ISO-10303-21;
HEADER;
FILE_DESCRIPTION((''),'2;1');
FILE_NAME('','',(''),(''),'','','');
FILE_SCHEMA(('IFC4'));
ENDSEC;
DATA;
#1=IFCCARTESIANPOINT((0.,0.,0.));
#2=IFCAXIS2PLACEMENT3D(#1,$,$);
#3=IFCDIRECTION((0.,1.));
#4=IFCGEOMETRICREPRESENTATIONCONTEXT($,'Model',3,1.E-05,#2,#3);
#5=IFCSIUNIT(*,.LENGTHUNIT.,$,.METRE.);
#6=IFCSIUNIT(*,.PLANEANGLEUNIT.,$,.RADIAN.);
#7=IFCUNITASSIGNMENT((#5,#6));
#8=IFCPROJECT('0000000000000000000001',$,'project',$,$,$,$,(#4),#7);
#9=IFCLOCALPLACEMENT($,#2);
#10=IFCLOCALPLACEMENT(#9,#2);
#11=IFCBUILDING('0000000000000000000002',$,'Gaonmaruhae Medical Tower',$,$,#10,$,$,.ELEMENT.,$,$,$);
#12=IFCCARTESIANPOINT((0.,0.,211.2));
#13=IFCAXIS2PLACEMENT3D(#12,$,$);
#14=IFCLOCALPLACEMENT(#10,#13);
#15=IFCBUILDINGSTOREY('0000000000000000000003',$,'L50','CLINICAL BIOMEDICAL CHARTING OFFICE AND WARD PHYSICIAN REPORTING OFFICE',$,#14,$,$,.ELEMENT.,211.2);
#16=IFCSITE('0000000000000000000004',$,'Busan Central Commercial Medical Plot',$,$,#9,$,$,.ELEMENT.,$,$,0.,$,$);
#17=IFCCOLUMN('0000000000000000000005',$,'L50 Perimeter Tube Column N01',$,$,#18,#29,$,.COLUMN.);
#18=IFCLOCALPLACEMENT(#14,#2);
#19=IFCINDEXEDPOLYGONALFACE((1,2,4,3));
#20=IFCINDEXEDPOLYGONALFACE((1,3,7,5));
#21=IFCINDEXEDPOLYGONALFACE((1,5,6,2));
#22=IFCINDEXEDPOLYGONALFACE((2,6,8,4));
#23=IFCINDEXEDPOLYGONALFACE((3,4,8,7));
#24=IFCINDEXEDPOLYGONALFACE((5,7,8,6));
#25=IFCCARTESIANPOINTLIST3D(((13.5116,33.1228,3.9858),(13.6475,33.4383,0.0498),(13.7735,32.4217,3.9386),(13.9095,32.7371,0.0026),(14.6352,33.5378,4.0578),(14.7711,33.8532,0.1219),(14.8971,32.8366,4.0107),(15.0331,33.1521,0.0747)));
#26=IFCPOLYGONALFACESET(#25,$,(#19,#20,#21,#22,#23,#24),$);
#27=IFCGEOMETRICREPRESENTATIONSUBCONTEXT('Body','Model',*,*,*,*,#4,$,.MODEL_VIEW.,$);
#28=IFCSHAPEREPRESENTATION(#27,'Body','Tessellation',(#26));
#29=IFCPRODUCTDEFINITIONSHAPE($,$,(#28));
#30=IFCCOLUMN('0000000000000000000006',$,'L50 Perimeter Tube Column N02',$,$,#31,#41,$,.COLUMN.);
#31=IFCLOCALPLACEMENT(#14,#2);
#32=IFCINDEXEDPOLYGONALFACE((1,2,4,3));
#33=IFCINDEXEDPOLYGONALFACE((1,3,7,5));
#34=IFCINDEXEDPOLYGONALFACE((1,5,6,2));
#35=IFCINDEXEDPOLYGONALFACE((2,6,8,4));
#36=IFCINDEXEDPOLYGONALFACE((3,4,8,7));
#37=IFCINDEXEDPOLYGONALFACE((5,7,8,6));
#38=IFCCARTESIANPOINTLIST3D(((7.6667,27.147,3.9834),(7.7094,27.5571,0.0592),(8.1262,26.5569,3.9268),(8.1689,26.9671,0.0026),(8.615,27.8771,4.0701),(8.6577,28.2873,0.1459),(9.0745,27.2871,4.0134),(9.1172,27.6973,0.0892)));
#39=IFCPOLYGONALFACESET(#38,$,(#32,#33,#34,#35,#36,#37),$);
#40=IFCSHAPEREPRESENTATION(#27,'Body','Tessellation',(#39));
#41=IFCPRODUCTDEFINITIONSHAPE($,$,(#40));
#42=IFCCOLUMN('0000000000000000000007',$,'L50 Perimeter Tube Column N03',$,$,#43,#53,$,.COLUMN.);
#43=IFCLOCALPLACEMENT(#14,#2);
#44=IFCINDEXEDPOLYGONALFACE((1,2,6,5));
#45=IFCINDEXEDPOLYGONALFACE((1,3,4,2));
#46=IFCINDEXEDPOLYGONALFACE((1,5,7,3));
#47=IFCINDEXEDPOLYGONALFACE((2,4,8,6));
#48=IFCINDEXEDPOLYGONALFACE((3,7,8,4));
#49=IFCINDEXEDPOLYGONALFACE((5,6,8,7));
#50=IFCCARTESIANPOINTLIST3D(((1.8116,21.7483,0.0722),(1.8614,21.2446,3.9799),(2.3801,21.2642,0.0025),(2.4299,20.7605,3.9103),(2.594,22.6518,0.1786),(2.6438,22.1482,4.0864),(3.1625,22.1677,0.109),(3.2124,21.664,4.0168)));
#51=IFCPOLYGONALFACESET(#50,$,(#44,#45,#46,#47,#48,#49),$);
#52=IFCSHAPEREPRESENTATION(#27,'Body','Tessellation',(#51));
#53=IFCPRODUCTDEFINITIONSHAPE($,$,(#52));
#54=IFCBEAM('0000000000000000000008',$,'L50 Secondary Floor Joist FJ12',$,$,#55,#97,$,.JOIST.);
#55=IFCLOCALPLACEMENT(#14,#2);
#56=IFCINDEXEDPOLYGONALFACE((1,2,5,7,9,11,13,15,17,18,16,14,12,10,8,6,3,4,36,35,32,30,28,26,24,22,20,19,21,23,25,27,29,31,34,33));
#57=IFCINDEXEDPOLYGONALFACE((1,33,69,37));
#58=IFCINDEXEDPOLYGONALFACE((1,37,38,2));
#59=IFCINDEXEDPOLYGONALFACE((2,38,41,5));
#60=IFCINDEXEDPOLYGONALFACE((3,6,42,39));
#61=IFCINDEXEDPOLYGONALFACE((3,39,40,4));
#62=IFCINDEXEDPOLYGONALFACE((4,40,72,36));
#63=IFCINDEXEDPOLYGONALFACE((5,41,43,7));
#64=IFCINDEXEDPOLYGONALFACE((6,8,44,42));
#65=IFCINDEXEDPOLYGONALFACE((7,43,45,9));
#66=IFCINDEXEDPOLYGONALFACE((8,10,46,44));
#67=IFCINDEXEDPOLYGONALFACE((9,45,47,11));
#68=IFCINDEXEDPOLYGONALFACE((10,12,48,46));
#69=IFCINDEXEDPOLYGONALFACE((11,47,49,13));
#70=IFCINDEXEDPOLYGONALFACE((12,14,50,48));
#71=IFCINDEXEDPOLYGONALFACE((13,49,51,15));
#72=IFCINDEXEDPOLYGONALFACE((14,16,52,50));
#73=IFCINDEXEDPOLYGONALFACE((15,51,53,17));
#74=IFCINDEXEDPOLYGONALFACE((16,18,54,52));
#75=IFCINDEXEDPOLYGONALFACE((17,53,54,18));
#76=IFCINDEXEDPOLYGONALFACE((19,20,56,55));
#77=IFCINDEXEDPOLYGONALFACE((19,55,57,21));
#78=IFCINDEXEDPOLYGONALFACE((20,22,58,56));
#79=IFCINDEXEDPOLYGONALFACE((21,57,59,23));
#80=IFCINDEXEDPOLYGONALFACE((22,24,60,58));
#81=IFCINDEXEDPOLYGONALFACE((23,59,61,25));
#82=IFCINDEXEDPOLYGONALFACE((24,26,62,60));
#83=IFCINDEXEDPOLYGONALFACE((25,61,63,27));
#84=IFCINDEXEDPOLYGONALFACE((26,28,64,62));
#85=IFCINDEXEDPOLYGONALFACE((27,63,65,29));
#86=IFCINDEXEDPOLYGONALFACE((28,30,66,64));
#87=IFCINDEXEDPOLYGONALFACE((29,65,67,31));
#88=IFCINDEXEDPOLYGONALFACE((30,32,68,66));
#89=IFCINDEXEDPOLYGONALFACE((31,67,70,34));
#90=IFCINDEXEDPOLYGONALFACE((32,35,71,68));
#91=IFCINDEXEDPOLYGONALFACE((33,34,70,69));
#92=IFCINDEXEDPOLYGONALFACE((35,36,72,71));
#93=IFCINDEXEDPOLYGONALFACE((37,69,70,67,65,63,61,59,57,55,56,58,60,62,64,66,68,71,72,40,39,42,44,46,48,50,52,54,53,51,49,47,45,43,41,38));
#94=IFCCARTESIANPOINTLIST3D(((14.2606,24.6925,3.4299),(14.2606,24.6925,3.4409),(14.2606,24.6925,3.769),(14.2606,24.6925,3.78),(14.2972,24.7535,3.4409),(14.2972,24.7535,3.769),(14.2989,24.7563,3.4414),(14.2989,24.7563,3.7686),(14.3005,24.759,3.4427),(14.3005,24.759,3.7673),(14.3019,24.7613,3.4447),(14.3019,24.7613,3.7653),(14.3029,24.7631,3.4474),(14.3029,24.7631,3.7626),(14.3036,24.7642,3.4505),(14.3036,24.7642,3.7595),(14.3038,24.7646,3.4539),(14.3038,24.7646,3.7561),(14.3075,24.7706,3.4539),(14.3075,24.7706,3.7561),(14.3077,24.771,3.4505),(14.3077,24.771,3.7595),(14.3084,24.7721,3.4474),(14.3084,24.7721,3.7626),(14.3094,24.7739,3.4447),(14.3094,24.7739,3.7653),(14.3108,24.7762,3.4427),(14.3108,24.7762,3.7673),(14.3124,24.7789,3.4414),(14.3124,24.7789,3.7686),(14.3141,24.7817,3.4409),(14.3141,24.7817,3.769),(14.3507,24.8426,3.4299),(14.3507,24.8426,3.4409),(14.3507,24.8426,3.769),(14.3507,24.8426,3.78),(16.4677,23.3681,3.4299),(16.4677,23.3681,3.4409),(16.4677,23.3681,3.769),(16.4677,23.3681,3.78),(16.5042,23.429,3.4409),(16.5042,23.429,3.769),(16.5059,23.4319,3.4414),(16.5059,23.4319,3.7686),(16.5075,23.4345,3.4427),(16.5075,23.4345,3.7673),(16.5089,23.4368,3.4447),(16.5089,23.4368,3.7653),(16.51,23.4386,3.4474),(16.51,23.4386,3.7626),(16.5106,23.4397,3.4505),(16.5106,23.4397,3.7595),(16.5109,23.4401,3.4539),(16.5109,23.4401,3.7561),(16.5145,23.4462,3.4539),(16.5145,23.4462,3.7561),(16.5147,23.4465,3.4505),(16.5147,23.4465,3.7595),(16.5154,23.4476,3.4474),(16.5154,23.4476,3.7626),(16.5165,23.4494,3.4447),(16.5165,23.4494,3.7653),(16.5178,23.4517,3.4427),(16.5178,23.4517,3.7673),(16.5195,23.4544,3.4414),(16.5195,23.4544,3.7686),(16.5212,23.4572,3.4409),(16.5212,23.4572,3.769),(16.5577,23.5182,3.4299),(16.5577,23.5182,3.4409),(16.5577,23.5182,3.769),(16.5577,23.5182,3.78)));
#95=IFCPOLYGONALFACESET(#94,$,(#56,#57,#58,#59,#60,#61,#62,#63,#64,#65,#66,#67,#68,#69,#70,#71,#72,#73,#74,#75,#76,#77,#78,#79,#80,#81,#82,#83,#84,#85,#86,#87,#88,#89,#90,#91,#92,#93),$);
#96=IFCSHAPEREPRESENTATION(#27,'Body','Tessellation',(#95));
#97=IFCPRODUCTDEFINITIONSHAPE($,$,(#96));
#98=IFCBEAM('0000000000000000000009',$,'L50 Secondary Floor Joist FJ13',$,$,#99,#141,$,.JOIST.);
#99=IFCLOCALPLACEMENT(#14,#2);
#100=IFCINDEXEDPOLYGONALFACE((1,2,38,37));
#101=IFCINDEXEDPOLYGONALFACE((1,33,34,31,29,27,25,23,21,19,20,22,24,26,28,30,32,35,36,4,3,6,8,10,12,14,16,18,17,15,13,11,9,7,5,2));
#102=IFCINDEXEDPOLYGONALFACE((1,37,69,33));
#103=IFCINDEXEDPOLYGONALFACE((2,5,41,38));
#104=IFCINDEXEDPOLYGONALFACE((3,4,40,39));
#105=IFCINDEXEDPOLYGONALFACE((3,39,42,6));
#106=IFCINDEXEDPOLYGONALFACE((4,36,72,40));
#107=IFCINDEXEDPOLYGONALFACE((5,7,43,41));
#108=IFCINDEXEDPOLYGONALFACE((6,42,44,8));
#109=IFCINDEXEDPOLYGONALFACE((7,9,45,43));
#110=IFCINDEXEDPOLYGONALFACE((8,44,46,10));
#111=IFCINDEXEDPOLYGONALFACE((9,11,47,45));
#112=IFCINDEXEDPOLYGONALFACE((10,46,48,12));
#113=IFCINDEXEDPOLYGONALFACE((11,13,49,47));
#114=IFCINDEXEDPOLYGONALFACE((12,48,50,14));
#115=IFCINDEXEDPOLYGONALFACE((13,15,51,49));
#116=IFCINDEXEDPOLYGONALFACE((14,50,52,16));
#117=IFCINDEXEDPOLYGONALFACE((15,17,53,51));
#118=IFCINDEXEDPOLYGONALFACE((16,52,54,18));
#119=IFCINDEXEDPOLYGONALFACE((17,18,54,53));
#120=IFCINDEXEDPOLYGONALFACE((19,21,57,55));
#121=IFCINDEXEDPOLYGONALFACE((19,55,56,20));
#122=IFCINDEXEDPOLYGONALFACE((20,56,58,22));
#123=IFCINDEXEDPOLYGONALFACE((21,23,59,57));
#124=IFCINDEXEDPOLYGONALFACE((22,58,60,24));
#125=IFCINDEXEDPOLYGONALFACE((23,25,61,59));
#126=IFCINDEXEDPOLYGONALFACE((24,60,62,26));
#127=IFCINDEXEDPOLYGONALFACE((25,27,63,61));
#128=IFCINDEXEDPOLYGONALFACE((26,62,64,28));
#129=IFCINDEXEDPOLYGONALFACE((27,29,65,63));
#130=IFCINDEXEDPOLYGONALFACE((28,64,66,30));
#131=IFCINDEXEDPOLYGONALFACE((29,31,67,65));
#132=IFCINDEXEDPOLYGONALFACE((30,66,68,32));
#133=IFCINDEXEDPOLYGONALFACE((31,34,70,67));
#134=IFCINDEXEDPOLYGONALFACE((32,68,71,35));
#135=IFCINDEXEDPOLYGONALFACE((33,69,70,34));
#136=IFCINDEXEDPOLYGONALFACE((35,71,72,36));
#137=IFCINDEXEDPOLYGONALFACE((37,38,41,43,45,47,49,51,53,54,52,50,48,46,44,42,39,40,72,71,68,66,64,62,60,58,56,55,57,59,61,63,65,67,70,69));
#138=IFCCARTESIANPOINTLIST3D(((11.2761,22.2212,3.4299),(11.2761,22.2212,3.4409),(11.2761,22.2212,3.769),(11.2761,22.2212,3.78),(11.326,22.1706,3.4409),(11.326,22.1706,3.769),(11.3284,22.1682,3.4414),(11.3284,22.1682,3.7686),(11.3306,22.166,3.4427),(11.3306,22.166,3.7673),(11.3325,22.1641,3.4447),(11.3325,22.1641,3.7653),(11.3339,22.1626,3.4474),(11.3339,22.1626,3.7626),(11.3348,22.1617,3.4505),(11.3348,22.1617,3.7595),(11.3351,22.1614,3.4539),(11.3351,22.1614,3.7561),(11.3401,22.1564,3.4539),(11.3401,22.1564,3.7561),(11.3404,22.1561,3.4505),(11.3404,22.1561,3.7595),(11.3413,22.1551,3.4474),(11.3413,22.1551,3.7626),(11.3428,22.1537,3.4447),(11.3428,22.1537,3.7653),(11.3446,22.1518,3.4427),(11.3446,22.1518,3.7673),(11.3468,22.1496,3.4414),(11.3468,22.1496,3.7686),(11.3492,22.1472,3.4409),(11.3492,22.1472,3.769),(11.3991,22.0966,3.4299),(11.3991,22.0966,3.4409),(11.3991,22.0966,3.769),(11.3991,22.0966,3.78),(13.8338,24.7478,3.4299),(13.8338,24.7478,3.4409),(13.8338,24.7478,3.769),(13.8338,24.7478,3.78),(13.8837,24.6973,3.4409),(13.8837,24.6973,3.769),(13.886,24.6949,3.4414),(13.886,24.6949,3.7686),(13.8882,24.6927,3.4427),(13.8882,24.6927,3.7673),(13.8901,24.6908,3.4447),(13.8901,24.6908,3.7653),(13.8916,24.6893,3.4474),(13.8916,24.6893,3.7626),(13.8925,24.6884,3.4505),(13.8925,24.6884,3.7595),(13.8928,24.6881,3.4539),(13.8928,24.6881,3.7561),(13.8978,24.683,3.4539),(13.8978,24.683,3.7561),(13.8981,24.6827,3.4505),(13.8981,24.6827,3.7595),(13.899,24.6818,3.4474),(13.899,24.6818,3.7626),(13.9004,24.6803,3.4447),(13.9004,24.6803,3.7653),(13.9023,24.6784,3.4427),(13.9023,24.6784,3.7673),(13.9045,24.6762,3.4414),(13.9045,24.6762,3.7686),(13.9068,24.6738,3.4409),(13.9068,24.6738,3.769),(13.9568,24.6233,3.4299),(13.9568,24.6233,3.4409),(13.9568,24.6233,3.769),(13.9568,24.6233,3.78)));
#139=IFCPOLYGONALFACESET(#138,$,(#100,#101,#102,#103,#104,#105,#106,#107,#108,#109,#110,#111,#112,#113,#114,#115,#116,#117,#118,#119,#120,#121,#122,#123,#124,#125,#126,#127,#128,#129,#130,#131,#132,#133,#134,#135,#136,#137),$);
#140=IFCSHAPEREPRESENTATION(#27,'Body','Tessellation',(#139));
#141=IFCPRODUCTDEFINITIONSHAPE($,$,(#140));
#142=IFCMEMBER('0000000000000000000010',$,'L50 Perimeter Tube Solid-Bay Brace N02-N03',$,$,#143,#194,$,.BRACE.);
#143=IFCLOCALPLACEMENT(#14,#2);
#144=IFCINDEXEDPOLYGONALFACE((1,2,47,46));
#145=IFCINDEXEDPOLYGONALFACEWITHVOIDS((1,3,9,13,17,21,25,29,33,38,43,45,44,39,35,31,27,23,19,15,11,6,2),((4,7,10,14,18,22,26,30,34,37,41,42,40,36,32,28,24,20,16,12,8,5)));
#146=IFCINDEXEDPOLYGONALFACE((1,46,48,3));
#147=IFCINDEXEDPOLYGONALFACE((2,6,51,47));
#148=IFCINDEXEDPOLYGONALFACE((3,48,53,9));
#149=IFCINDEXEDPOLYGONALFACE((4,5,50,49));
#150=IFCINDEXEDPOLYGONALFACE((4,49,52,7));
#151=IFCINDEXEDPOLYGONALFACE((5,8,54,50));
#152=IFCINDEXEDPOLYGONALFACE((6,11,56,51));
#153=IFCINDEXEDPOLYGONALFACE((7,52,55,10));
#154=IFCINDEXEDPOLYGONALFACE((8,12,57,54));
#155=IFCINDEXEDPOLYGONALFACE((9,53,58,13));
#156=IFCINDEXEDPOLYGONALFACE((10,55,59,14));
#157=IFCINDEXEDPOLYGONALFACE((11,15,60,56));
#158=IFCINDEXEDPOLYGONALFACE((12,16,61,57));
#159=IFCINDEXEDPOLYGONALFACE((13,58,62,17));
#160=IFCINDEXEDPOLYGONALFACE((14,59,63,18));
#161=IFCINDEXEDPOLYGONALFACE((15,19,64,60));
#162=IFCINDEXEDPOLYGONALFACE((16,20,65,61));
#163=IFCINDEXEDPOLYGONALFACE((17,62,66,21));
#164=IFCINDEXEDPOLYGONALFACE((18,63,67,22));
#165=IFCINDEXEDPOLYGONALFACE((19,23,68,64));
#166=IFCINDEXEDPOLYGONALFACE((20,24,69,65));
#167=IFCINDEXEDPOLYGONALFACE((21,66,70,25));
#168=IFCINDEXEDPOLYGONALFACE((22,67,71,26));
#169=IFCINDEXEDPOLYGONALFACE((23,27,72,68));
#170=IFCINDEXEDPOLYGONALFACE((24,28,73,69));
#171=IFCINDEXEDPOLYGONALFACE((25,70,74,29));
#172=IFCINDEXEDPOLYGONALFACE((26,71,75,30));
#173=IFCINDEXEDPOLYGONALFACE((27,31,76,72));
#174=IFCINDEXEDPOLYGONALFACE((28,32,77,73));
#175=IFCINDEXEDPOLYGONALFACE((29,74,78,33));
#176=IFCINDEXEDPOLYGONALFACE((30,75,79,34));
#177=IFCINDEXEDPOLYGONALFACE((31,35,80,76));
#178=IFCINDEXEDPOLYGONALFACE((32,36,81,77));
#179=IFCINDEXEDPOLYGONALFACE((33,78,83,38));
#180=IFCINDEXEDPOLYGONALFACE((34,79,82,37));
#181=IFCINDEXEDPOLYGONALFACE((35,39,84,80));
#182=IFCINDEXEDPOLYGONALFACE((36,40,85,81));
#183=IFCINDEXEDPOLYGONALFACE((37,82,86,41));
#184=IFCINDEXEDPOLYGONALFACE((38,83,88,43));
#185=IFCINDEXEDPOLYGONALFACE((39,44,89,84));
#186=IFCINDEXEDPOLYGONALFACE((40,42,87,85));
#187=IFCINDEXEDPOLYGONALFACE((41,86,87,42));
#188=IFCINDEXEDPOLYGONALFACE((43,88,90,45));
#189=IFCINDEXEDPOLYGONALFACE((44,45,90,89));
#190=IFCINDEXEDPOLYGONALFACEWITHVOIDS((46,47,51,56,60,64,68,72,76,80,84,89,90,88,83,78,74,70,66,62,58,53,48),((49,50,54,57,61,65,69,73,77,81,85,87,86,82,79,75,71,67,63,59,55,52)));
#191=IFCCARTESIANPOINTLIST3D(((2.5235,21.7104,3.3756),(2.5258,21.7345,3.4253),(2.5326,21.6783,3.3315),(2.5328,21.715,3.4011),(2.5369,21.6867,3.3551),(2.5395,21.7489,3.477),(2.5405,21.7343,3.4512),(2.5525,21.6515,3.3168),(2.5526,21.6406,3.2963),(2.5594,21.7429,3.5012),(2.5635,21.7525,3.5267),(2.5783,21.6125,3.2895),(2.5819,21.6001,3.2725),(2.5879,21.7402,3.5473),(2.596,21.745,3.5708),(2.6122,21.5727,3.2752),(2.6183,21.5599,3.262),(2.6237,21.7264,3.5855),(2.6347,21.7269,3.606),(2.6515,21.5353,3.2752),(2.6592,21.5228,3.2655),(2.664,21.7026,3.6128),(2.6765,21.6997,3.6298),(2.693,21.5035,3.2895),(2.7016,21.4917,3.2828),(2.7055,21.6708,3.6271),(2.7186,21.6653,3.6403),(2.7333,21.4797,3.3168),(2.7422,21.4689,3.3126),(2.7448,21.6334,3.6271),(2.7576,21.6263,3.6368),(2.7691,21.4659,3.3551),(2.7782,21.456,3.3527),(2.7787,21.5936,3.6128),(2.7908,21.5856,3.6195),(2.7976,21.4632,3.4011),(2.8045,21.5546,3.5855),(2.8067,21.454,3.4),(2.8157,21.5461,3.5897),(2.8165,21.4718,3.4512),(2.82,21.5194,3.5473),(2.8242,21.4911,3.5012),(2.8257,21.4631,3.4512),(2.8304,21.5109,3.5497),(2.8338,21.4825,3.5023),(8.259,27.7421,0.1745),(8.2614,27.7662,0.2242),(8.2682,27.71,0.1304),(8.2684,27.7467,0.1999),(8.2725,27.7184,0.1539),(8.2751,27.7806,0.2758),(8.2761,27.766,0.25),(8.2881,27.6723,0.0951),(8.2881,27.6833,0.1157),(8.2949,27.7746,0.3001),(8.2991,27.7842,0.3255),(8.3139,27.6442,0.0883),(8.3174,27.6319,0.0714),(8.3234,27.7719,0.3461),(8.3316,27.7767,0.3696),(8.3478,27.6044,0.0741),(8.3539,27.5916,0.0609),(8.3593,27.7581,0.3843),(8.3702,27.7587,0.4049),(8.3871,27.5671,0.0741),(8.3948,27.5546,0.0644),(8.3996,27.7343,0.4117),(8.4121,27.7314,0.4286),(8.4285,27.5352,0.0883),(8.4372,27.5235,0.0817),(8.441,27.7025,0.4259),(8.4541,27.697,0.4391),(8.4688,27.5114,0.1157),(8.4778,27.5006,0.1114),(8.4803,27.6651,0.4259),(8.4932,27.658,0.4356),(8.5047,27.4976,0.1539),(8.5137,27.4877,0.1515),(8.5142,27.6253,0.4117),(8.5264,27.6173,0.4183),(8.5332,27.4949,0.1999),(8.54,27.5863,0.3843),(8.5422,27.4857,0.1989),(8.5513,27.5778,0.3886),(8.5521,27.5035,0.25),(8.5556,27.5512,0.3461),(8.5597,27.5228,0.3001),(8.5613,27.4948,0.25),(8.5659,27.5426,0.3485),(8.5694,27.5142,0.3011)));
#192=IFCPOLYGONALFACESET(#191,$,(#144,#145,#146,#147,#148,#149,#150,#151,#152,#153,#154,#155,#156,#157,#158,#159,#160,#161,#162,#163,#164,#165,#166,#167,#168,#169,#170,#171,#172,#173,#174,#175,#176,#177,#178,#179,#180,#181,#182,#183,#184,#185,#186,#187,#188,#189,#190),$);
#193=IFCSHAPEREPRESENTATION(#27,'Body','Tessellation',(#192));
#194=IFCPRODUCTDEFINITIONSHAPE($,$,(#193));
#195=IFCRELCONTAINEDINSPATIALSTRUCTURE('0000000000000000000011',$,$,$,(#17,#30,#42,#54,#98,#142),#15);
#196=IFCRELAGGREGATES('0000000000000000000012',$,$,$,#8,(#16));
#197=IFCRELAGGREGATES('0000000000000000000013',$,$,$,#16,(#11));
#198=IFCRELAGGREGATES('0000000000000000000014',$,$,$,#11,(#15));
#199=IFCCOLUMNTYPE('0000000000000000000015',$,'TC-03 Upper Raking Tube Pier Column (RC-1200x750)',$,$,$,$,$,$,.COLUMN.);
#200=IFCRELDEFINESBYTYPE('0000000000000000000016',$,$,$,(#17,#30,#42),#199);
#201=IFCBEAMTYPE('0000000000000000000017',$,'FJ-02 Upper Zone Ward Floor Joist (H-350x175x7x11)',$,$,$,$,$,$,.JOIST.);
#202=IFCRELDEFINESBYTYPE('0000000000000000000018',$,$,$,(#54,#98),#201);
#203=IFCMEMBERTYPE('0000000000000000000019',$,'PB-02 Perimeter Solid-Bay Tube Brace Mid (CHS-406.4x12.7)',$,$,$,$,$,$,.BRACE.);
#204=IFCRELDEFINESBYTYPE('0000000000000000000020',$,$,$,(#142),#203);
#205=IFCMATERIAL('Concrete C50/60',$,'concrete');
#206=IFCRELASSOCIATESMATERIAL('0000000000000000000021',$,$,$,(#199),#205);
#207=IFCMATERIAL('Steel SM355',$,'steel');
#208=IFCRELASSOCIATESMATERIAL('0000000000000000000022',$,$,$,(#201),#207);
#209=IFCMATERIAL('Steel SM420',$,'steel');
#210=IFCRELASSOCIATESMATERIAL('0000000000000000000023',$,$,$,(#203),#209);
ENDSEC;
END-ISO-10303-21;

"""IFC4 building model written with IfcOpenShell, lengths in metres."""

from ifc_helpers import new_model, si_unit, direction, frame, origin, origin_2d, place, context, subcontext, project, spatial, rectangle, hollow_circle, i_section, extrude, material, material_profile, profile_set, type_object, element, save


model = new_model("IFC4")

# Units and contexts
model_context = context("Model", 3, precision=1e-05, world=origin(), true_north=direction((0.0, 1.0)))
body_context = subcontext(model_context, "Body", "Model", "MODEL_VIEW")
ifc_project = project(units=[si_unit("LENGTHUNIT", "METRE"), si_unit("PLANEANGLEUNIT", "RADIAN")], contexts=[model_context])

# Site, building, storey
site_placement = place(None, origin())
site = spatial("IfcSite", under=ifc_project, at=site_placement, Name="Busan Central Commercial Medical Plot", CompositionType="ELEMENT", RefElevation=0.0)
building_placement = place(site_placement, origin())
building = spatial("IfcBuilding", under=site, at=building_placement, Name="Gaonmaruhae Medical Tower", CompositionType="ELEMENT")
storey_placement = place(building_placement, frame((0.0, 0.0, 211.2)))
storey = spatial("IfcBuildingStorey", under=building, at=storey_placement, Name="L50", Description="CLINICAL BIOMEDICAL CHARTING OFFICE AND WARD PHYSICIAN REPORTING OFFICE", CompositionType="ELEMENT", Elevation=211.2)

# Columns
ifc_material_1 = material(Name="Concrete C50/60", Category="concrete")
ifc_material_profile_1 = material_profile(ifc_material_1, rectangle(XDim=1.2, YDim=0.75, at=origin_2d()), Name="RC-1200x750")
ifc_profile_set_1 = profile_set([ifc_material_profile_1], Name="Concrete C50/60")
column_type = type_object("IfcColumnType", Name="TC-03 Upper Raking Tube Pier Column (RC-1200x750)", PredefinedType="COLUMN", material=ifc_profile_set_1)
column_1_placement = place(storey_placement, frame((14.3403, 33.2952, 0.0623), z_axis=(-0.034418, -0.079836, 0.996214), x_axis=(0.936378, 0.345817, 0.060064)))
element("IfcColumn", 1, at=column_1_placement, inside=storey, type_object=column_type, Name="L50 Perimeter Tube Column N01", PredefinedType="COLUMN", context=body_context, shape_type="SweptSolid", body=[
    extrude(rectangle(XDim=1.2, YDim=0.75, at=origin_2d()), origin(), (0.0, 0.0, 1.0), 3.9509),
])
column_2_placement = place(storey_placement, frame((8.4133, 27.6272, 0.0742), z_axis=(-0.010828, -0.103951, 0.994524), x_axis=(0.790264, 0.608497, 0.072206)))
element("IfcColumn", 2, at=column_2_placement, inside=storey, type_object=column_type, Name="L50 Perimeter Tube Column N02", PredefinedType="COLUMN", context=body_context, shape_type="SweptSolid", body=[
    extrude(rectangle(XDim=1.2, YDim=0.75, at=origin_2d()), origin(), (0.0, 0.0, 1.0), 3.9458),
])
column_3_placement = place(storey_placement, frame((2.4871, 21.958, 0.0906), z_axis=(0.01264, -0.127822, 0.991717), x_axis=(0.652035, 0.752978, 0.08874)))
element("IfcColumn", 3, at=column_3_placement, inside=storey, type_object=column_type, Name="L50 Perimeter Tube Column N03", PredefinedType="COLUMN", context=body_context, shape_type="SweptSolid", body=[
    extrude(rectangle(XDim=1.2, YDim=0.75, at=origin_2d()), origin(), (0.0, 0.0, 1.0), 3.9404),
])

# Beams
ifc_material_2 = material(Name="Steel SM355", Category="steel")
ifc_material_profile_2 = material_profile(ifc_material_2, i_section(OverallWidth=0.175, OverallDepth=0.3501, WebThickness=0.0071, FlangeThickness=0.011, FilletRadius=0.0129, at=origin_2d()), Name="H-350x175x7x11")
ifc_profile_set_2 = profile_set([ifc_material_profile_2], Name="Steel SM355")
beam_type_1 = type_object("IfcBeamType", Name="FJ-02 Upper Zone Ward Floor Joist (H-350x175x7x11)", PredefinedType="JOIST", material=ifc_profile_set_2)
beam_1_placement = place(storey_placement, frame((16.5127, 23.4431, 3.605), z_axis=(-0.857451, 0.514565, 0.0), x_axis=(-0.514565, -0.857451, 0.0)))
element("IfcBeam", 4, at=beam_1_placement, inside=storey, type_object=beam_type_1, Name="L50 Secondary Floor Joist FJ12", PredefinedType="JOIST", context=body_context, shape_type="SweptSolid", body=[
    extrude(i_section(OverallWidth=0.175, OverallDepth=0.3501, WebThickness=0.0071, FlangeThickness=0.011, FilletRadius=0.0129, at=origin_2d()), origin(), (0.0, 0.0, 1.0), 2.574),
])
beam_2_placement = place(storey_placement, frame((13.8953, 24.6855, 3.605), z_axis=(-0.711406, -0.702781, 0.0), x_axis=(0.702781, -0.711406, 0.0)))
element("IfcBeam", 5, at=beam_2_placement, inside=storey, type_object=beam_type_1, Name="L50 Secondary Floor Joist FJ13", PredefinedType="JOIST", context=body_context, shape_type="SweptSolid", body=[
    extrude(i_section(OverallWidth=0.175, OverallDepth=0.3501, WebThickness=0.0071, FlangeThickness=0.011, FilletRadius=0.0129, at=origin_2d()), origin(), (0.0, 0.0, 1.0), 3.5952),
])

# Member
ifc_material_3 = material(Name="Steel SM420", Category="steel")
ifc_material_profile_3 = material_profile(ifc_material_3, hollow_circle(Radius=0.2031, WallThickness=0.0127, at=origin_2d()), Name="CHS-406.4x12.7")
ifc_profile_set_3 = profile_set([ifc_material_profile_3], Name="Steel SM420")
member_type = type_object("IfcMemberType", Name="PB-02 Perimeter Solid-Bay Tube Brace Mid (CHS-406.4x12.7)", PredefinedType="BRACE", material=ifc_profile_set_3)
member_placement = place(storey_placement, frame((8.4141, 27.6348, 0.25), z_axis=(-0.643166, -0.676374, 0.358966), x_axis=(0.724673, -0.689093, 0.0)))
element("IfcMember", 6, at=member_placement, inside=storey, type_object=member_type, Name="L50 Perimeter Tube Solid-Bay Brace N02-N03", PredefinedType="BRACE", context=body_context, shape_type="SweptSolid", body=[
    extrude(hollow_circle(Radius=0.2031, WallThickness=0.0127, at=origin_2d()), origin(), (0.0, 0.0, 1.0), 8.9177),
])

save(model, "model.ifc")
